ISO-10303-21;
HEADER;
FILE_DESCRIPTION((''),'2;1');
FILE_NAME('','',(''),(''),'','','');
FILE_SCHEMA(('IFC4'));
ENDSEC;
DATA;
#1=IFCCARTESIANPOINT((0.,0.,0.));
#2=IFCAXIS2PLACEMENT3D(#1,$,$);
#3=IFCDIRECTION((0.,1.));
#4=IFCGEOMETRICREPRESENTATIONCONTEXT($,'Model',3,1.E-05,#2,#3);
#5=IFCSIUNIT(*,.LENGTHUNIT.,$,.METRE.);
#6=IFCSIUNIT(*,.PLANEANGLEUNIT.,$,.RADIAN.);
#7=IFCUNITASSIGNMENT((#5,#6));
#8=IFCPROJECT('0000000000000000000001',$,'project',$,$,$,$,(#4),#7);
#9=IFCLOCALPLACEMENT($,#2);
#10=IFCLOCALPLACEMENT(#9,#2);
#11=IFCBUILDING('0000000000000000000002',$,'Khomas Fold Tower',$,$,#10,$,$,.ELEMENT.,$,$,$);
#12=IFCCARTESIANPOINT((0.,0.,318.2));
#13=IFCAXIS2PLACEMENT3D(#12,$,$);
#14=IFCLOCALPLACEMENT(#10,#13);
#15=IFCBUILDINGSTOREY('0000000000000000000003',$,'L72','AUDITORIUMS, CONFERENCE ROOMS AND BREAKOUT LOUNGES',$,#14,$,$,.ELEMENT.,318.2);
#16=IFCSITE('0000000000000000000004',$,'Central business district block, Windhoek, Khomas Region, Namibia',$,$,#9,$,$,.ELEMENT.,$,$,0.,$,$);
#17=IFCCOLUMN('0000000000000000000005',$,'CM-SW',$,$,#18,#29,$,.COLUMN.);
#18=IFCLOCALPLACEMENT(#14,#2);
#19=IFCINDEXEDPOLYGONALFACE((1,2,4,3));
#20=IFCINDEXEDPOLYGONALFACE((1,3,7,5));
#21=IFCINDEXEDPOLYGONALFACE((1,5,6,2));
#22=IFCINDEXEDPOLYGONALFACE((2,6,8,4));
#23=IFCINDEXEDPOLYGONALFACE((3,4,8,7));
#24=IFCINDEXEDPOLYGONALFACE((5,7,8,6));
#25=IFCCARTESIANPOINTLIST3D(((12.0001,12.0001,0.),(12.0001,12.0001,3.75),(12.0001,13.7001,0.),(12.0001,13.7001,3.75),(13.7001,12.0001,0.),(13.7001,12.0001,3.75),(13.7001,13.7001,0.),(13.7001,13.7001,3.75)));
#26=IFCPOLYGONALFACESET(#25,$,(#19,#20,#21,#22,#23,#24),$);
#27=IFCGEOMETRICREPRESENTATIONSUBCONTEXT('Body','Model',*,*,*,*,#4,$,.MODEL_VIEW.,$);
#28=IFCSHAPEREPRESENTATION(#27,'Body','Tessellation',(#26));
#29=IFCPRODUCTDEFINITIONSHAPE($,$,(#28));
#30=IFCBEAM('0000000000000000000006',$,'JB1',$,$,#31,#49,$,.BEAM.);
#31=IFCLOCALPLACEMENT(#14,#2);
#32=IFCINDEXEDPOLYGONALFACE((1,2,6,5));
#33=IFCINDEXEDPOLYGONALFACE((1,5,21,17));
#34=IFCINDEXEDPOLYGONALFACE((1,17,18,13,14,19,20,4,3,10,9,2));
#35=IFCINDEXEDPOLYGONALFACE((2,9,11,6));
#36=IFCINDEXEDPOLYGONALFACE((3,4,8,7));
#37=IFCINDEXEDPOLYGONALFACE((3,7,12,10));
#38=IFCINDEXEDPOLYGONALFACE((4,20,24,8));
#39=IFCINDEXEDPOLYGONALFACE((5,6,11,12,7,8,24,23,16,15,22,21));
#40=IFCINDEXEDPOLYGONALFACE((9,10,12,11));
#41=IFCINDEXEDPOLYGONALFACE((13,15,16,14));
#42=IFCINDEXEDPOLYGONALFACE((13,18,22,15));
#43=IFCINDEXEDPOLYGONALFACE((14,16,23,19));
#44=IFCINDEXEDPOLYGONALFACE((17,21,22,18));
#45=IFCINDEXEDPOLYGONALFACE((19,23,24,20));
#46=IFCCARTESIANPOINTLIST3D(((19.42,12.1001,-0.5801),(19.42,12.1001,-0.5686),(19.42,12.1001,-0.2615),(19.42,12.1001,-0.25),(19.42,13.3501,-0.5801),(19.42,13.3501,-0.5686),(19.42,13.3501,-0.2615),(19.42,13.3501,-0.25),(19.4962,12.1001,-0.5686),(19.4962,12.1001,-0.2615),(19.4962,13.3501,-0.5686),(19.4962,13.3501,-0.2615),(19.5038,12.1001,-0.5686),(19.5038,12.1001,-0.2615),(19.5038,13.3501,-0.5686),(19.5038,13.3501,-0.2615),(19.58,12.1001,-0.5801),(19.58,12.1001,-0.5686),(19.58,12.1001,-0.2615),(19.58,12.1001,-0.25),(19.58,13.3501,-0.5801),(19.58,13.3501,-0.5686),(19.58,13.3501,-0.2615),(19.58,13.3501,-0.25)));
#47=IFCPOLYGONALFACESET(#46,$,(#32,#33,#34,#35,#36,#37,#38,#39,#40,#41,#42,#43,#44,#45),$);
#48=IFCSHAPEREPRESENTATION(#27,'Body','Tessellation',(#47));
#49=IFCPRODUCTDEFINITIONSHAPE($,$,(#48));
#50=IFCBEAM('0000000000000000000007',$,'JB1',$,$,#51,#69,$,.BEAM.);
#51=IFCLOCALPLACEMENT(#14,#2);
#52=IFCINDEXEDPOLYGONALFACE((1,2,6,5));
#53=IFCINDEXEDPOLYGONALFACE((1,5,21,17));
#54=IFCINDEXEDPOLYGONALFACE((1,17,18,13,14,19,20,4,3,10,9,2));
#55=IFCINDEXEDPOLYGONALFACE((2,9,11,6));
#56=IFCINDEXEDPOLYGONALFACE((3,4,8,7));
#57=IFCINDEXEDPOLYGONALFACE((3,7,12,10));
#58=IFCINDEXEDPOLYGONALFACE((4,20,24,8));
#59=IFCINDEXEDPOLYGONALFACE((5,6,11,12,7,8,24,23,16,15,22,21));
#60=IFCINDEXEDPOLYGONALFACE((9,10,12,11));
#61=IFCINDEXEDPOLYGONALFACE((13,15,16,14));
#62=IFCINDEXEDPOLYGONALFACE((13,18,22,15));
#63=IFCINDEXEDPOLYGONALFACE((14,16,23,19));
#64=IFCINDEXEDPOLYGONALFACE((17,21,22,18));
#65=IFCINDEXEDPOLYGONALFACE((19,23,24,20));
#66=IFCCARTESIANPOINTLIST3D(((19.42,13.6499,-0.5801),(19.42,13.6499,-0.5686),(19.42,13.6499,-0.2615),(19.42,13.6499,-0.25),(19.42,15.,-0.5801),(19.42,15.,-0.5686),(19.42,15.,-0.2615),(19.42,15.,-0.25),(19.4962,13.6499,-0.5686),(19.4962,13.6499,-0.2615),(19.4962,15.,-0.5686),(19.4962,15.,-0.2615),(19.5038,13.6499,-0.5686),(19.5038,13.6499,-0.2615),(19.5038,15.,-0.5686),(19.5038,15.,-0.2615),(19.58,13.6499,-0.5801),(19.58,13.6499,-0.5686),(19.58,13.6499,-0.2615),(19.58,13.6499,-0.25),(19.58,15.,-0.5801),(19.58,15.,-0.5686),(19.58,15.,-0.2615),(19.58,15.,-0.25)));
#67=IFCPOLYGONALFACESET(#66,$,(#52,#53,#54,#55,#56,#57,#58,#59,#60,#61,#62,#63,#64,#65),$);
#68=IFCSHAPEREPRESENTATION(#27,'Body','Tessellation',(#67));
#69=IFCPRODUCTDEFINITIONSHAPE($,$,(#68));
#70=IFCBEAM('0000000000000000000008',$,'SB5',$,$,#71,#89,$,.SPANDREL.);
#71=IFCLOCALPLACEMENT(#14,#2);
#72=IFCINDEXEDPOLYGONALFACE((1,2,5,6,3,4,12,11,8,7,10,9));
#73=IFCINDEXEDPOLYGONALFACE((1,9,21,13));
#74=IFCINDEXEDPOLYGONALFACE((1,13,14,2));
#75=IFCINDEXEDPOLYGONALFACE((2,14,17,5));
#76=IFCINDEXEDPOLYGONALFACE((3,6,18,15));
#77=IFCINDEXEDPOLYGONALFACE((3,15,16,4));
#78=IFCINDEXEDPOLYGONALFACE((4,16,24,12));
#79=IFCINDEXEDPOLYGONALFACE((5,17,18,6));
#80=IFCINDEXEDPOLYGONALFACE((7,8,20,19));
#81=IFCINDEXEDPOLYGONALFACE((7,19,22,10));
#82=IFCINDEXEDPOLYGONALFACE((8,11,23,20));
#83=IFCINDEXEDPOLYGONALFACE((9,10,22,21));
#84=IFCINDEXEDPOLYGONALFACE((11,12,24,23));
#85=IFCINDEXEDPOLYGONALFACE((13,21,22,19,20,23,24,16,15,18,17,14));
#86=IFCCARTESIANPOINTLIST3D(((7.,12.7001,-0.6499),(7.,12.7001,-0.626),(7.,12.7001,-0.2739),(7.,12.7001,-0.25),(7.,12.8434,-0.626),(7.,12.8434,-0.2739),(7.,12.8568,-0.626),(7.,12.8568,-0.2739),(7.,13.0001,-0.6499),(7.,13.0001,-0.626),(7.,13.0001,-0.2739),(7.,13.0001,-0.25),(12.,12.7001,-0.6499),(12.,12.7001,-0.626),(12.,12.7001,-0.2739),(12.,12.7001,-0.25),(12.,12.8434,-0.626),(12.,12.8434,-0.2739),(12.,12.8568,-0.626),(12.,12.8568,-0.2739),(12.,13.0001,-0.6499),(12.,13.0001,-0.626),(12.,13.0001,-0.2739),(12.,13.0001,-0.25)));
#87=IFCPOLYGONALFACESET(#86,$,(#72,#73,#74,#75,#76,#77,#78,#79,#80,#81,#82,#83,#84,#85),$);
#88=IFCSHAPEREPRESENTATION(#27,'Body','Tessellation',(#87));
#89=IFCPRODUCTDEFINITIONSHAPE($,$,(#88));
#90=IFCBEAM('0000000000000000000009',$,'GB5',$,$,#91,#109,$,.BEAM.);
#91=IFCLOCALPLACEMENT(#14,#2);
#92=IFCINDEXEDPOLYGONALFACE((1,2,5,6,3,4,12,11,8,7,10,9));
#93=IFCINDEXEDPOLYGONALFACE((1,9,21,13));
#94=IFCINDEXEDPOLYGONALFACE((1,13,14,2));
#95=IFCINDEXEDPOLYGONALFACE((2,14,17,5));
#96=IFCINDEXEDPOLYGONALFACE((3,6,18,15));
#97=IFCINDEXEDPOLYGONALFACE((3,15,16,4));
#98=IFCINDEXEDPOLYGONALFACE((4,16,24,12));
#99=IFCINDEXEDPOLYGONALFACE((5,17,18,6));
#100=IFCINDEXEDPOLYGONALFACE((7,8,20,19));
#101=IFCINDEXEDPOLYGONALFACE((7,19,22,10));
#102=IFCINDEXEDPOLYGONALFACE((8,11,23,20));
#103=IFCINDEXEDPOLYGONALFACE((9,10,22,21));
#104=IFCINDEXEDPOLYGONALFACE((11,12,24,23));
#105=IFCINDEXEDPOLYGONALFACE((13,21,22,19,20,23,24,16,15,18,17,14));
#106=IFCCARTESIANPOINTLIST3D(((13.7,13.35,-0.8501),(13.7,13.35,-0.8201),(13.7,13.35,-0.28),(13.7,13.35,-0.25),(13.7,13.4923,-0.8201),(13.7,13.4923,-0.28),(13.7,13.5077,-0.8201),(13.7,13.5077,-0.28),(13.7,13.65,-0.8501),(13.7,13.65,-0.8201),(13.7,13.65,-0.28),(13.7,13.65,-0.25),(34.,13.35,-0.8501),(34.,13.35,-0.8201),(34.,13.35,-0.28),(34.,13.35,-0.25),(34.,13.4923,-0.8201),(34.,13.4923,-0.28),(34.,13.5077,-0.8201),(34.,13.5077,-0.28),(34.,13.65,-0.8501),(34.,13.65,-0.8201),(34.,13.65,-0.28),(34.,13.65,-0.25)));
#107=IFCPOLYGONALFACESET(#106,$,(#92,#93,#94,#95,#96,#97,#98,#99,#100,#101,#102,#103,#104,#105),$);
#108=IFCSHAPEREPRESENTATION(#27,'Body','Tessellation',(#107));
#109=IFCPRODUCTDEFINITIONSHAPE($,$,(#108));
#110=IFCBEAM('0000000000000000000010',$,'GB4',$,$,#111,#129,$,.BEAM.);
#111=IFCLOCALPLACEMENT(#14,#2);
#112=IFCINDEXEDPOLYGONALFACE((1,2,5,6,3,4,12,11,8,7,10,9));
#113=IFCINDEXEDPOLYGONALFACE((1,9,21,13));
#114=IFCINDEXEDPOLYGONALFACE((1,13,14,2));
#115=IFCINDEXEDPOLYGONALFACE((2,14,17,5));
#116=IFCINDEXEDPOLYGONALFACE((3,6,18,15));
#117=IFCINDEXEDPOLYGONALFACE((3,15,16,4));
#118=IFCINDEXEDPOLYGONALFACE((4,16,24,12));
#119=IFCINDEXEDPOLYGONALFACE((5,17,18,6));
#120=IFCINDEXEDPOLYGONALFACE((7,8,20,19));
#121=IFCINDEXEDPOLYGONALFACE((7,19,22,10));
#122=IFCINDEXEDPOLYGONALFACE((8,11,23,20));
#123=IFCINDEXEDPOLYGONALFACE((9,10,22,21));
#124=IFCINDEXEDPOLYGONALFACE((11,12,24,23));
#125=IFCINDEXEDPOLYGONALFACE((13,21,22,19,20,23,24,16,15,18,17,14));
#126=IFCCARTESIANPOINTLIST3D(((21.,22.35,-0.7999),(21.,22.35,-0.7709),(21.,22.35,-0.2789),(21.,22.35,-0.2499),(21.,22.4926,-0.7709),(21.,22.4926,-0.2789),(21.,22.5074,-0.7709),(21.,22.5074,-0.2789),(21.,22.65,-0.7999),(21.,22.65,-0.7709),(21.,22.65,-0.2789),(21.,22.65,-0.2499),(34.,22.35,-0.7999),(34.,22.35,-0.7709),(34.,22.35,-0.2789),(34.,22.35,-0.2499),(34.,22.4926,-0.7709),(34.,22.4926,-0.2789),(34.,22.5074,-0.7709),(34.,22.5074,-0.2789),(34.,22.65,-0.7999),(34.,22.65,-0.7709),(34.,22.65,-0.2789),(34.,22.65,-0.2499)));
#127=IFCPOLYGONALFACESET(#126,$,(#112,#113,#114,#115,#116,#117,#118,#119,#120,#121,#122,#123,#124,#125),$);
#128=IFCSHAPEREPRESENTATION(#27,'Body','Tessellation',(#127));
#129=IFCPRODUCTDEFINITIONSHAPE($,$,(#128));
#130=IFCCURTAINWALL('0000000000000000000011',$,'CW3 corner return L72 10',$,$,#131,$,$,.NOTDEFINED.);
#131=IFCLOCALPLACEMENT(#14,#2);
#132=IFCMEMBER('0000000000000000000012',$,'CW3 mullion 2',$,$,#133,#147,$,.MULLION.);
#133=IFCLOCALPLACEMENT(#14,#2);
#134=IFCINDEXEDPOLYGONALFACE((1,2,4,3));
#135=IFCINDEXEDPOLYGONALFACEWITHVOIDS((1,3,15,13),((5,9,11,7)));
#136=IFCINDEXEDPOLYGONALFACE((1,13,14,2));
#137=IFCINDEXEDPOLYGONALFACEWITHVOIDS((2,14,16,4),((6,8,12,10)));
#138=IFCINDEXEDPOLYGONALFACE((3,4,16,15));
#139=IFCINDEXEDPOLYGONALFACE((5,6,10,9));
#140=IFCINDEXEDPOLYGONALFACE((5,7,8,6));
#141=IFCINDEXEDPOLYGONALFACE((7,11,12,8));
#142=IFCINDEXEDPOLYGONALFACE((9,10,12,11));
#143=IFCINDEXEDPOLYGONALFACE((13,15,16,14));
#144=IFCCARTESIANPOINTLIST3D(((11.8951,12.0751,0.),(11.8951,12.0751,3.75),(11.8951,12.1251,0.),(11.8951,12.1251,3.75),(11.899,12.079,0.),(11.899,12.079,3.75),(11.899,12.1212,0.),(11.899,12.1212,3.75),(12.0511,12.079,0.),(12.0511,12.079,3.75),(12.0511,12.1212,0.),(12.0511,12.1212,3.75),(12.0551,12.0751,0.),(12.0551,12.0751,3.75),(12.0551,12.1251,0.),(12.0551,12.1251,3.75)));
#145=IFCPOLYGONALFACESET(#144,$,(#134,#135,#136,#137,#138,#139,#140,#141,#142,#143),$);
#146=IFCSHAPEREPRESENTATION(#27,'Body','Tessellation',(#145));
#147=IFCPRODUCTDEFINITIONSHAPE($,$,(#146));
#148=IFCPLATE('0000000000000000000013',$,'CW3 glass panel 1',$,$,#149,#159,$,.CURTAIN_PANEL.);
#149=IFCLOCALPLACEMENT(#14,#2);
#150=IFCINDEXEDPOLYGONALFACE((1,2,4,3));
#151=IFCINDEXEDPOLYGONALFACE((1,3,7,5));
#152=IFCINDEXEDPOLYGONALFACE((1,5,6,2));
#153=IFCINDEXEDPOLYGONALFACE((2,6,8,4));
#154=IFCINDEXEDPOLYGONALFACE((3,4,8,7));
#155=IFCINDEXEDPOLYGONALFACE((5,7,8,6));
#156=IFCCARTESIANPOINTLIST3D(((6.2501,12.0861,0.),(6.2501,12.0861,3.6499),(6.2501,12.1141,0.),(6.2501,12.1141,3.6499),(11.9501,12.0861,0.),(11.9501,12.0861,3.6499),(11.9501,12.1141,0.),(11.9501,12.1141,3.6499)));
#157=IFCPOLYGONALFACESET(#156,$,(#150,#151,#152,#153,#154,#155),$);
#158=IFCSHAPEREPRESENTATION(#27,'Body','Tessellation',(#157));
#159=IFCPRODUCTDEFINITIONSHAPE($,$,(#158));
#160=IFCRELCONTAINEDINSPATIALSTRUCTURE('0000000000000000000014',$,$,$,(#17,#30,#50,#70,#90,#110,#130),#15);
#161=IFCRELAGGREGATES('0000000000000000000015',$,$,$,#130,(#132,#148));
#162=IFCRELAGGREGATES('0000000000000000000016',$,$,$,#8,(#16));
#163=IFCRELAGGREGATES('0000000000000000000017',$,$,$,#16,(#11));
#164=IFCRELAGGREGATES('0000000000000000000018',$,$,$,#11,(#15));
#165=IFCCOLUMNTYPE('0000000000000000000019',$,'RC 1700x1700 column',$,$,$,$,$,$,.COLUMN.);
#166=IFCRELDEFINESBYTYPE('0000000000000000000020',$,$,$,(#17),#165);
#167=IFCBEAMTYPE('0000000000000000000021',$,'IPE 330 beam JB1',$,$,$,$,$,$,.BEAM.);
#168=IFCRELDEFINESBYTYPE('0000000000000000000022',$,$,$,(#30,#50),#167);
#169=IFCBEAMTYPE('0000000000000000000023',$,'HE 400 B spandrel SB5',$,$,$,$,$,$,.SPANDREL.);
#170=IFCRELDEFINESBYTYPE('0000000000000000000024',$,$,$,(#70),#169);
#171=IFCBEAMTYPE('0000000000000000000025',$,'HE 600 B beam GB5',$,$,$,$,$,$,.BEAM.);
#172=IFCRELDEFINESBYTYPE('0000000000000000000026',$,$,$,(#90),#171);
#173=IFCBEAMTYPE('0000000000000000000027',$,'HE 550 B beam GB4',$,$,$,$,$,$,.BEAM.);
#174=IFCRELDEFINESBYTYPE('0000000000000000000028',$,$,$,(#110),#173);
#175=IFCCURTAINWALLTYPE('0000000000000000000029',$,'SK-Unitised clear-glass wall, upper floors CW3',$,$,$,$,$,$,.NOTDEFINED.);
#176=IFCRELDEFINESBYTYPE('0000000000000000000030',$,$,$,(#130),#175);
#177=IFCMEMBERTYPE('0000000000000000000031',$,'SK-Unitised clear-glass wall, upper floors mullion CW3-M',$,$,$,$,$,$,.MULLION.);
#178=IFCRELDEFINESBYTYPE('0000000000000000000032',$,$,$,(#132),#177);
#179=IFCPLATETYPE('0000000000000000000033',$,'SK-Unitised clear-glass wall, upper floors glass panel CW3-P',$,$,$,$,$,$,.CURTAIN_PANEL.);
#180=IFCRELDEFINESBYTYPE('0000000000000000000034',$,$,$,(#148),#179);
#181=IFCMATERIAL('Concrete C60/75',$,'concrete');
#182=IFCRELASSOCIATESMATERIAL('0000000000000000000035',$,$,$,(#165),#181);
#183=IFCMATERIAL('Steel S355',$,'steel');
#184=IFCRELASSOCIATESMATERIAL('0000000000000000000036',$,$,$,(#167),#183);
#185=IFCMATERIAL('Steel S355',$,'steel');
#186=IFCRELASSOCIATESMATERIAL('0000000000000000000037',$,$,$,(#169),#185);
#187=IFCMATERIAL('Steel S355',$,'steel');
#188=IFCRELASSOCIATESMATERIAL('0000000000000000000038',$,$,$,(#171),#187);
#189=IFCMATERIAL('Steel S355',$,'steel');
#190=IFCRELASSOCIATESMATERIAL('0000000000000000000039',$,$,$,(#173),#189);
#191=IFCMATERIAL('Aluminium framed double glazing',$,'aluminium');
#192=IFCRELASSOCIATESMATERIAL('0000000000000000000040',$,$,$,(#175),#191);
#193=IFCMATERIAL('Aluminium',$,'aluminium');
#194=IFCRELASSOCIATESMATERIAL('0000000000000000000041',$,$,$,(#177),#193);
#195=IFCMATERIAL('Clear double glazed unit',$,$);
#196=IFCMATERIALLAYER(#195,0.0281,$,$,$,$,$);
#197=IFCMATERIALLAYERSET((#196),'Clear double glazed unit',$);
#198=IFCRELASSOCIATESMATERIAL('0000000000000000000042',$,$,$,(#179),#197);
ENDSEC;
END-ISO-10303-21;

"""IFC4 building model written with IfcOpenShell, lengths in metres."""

from ifc_helpers import new_model, si_unit, direction, frame, origin, origin_2d, place, context, subcontext, project, spatial, rectangle, hollow_rectangle, i_section, extrude, source, transform, mapped, material, layer, layer_set, material_profile, profile_set, type_object, element, aggregate, save


model = new_model("IFC4")

# Units and contexts
model_context = context("Model", 3, precision=1e-05, world=origin(), true_north=direction((0.0, 1.0)))
body_context = subcontext(model_context, "Body", "Model", "MODEL_VIEW")
ifc_project = project(units=[si_unit("LENGTHUNIT", "METRE"), si_unit("PLANEANGLEUNIT", "RADIAN")], contexts=[model_context])

# Site, building, storey
site_placement = place(None, origin())
site = spatial("IfcSite", under=ifc_project, at=site_placement, Name="Central business district block, Windhoek, Khomas Region, Namibia", CompositionType="ELEMENT", RefElevation=0.0)
building_placement = place(site_placement, origin())
building = spatial("IfcBuilding", under=site, at=building_placement, Name="Khomas Fold Tower", CompositionType="ELEMENT")
storey_placement = place(building_placement, frame((0.0, 0.0, 318.2)))
storey = spatial("IfcBuildingStorey", under=building, at=storey_placement, Name="L72", Description="AUDITORIUMS, CONFERENCE ROOMS AND BREAKOUT LOUNGES", CompositionType="ELEMENT", Elevation=318.2)

# Column
ifc_material_1 = material(Name="Concrete C60/75", Category="concrete")
ifc_material_profile_1 = material_profile(ifc_material_1, rectangle(XDim=1.7, YDim=1.7, at=origin_2d()), Name="RC 1700x1700")
ifc_profile_set_1 = profile_set([ifc_material_profile_1], Name="Concrete C60/75")
column_type = type_object("IfcColumnType", Name="RC 1700x1700 column", PredefinedType="COLUMN", material=ifc_profile_set_1)
shared_shape_1 = source(origin(), body_context, "Body", "SweptSolid", [
    extrude(rectangle(XDim=1.7, YDim=1.7, at=origin_2d()), origin(), (0.0, 0.0, 1.0), 3.75),
])
column_placement = place(storey_placement, frame((12.8501, 12.8501, 0.0), z_axis=(0.0, 0.0, 1.0), x_axis=(1.0, 0.0, 0.0)))
element("IfcColumn", 1, at=column_placement, inside=storey, type_object=column_type, Name="CM-SW", PredefinedType="COLUMN", context=body_context, shape_type="MappedRepresentation", body=[
    mapped(shared_shape_1, transform((0.0, 0.0, 0.0))),
])

# Beams
ifc_material_2 = material(Name="Steel S355", Category="steel")
ifc_material_profile_2 = material_profile(ifc_material_2, i_section(OverallWidth=0.1599, OverallDepth=0.3301, WebThickness=0.0076, FlangeThickness=0.0115, at=origin_2d()), Name="IPE 330")
ifc_profile_set_2 = profile_set([ifc_material_profile_2], Name="Steel S355")
beam_type_1 = type_object("IfcBeamType", Name="IPE 330 beam JB1", PredefinedType="BEAM", material=ifc_profile_set_2)
shared_shape_2 = source(origin(), body_context, "Body", "SweptSolid", [
    extrude(i_section(OverallWidth=0.1599, OverallDepth=0.3301, WebThickness=0.0076, FlangeThickness=0.0115, at=origin_2d()), origin(), (0.0, 0.0, 1.0), 1.25),
])
beam_1_placement = place(storey_placement, frame((19.5, 12.1001, -0.415), z_axis=(0.0, 1.0, 0.0), x_axis=(-1.0, 0.0, 0.0)))
element("IfcBeam", 2, at=beam_1_placement, inside=storey, type_object=beam_type_1, Name="JB1", PredefinedType="BEAM", context=body_context, shape_type="MappedRepresentation", body=[
    mapped(shared_shape_2, transform((0.0, 0.0, 0.0))),
])
shared_shape_3 = source(origin(), body_context, "Body", "SweptSolid", [
    extrude(i_section(OverallWidth=0.1599, OverallDepth=0.3301, WebThickness=0.0076, FlangeThickness=0.0115, at=origin_2d()), origin(), (0.0, 0.0, 1.0), 1.3501),
])
beam_2_placement = place(storey_placement, frame((19.5, 13.6499, -0.415), z_axis=(0.0, 1.0, 0.0), x_axis=(-1.0, 0.0, 0.0)))
element("IfcBeam", 3, at=beam_2_placement, inside=storey, type_object=beam_type_1, Name="JB1", PredefinedType="BEAM", context=body_context, shape_type="MappedRepresentation", body=[
    mapped(shared_shape_3, transform((0.0, 0.0, 0.0))),
])
ifc_material_3 = material(Name="Steel S355", Category="steel")
ifc_material_profile_3 = material_profile(ifc_material_3, i_section(OverallWidth=0.3, OverallDepth=0.3999, WebThickness=0.0134, FlangeThickness=0.0239, at=origin_2d()), Name="HE 400 B")
ifc_profile_set_3 = profile_set([ifc_material_profile_3], Name="Steel S355")
beam_type_2 = type_object("IfcBeamType", Name="HE 400 B spandrel SB5", PredefinedType="SPANDREL", material=ifc_profile_set_3)
shared_shape_4 = source(origin(), body_context, "Body", "SweptSolid", [
    extrude(i_section(OverallWidth=0.3, OverallDepth=0.3999, WebThickness=0.0134, FlangeThickness=0.0239, at=origin_2d()), origin(), (0.0, 0.0, 1.0), 5.0),
])
beam_3_placement = place(storey_placement, frame((7.0, 12.8501, -0.45), z_axis=(1.0, 0.0, 0.0), x_axis=(0.0, 1.0, 0.0)))
element("IfcBeam", 4, at=beam_3_placement, inside=storey, type_object=beam_type_2, Name="SB5", PredefinedType="SPANDREL", context=body_context, shape_type="MappedRepresentation", body=[
    mapped(shared_shape_4, transform((0.0, 0.0, 0.0))),
])
ifc_material_4 = material(Name="Steel S355", Category="steel")
ifc_material_profile_4 = material_profile(ifc_material_4, i_section(OverallWidth=0.3, OverallDepth=0.6001, WebThickness=0.0154, FlangeThickness=0.03, at=origin_2d()), Name="HE 600 B")
ifc_profile_set_4 = profile_set([ifc_material_profile_4], Name="Steel S355")
beam_type_3 = type_object("IfcBeamType", Name="HE 600 B beam GB5", PredefinedType="BEAM", material=ifc_profile_set_4)
shared_shape_5 = source(origin(), body_context, "Body", "SweptSolid", [
    extrude(i_section(OverallWidth=0.3, OverallDepth=0.6001, WebThickness=0.0154, FlangeThickness=0.03, at=origin_2d()), origin(), (0.0, 0.0, 1.0), 20.3),
])
beam_4_placement = place(storey_placement, frame((13.7, 13.5, -0.55), z_axis=(1.0, 0.0, 0.0), x_axis=(0.0, 1.0, 0.0)))
element("IfcBeam", 5, at=beam_4_placement, inside=storey, type_object=beam_type_3, Name="GB5", PredefinedType="BEAM", context=body_context, shape_type="MappedRepresentation", body=[
    mapped(shared_shape_5, transform((0.0, 0.0, 0.0))),
])
ifc_material_5 = material(Name="Steel S355", Category="steel")
ifc_material_profile_5 = material_profile(ifc_material_5, i_section(OverallWidth=0.3, OverallDepth=0.55, WebThickness=0.0149, FlangeThickness=0.0291, at=origin_2d()), Name="HE 550 B")
ifc_profile_set_5 = profile_set([ifc_material_profile_5], Name="Steel S355")
beam_type_4 = type_object("IfcBeamType", Name="HE 550 B beam GB4", PredefinedType="BEAM", material=ifc_profile_set_5)
shared_shape_6 = source(origin(), body_context, "Body", "SweptSolid", [
    extrude(i_section(OverallWidth=0.3, OverallDepth=0.55, WebThickness=0.0149, FlangeThickness=0.0291, at=origin_2d()), origin(), (0.0, 0.0, 1.0), 13.0),
])
beam_5_placement = place(storey_placement, frame((21.0, 22.5, -0.5249), z_axis=(1.0, 0.0, 0.0), x_axis=(0.0, 1.0, 0.0)))
element("IfcBeam", 6, at=beam_5_placement, inside=storey, type_object=beam_type_4, Name="GB4", PredefinedType="BEAM", context=body_context, shape_type="MappedRepresentation", body=[
    mapped(shared_shape_6, transform((0.0, 0.0, 0.0))),
])

# Curtain wall, member, plate
ifc_material_6 = material(Name="Aluminium framed double glazing", Category="aluminium")
curtain_wall_type = type_object("IfcCurtainWallType", Name="SK-Unitised clear-glass wall, upper floors CW3", PredefinedType="NOTDEFINED", material=ifc_material_6)
curtain_wall_placement = place(storey_placement, origin())
curtain_wall = element("IfcCurtainWall", 7, at=curtain_wall_placement, inside=storey, type_object=curtain_wall_type, Name="CW3 corner return L72 10", PredefinedType="NOTDEFINED")
ifc_material_7 = material(Name="Aluminium", Category="aluminium")
ifc_material_profile_6 = material_profile(ifc_material_7, hollow_rectangle(XDim=0.05, YDim=0.1599, WallThickness=0.0039, at=origin_2d()), Name="SK-Unitised clear-glass wall, upper floors mullion CW3-M")
ifc_profile_set_6 = profile_set([ifc_material_profile_6], Name="Aluminium")
member_type = type_object("IfcMemberType", Name="SK-Unitised clear-glass wall, upper floors mullion CW3-M", PredefinedType="MULLION", material=ifc_profile_set_6)
shared_shape_7 = source(origin(), body_context, "Body", "SweptSolid", [
    extrude(hollow_rectangle(XDim=0.05, YDim=0.1599, WallThickness=0.0039, at=origin_2d()), origin(), (0.0, 0.0, 1.0), 3.75),
])
member_placement = place(storey_placement, frame((11.9751, 12.1001, 0.0), z_axis=(0.0, 0.0, 1.0), x_axis=(0.0, 1.0, 0.0)))
member = element("IfcMember", 8, at=member_placement, type_object=member_type, Name="CW3 mullion 2", PredefinedType="MULLION", context=body_context, shape_type="MappedRepresentation", body=[
    mapped(shared_shape_7, transform((0.0, 0.0, 0.0))),
])
ifc_material_8 = material(Name="Clear double glazed unit")
ifc_layer_1 = layer(ifc_material_8, 0.0281)
ifc_layer_set_1 = layer_set([ifc_layer_1], Name="Clear double glazed unit")
plate_type = type_object("IfcPlateType", Name="SK-Unitised clear-glass wall, upper floors glass panel CW3-P", PredefinedType="CURTAIN_PANEL", material=ifc_layer_set_1)
shared_shape_8 = source(origin(), body_context, "Body", "SweptSolid", [
    extrude(rectangle(XDim=5.7, YDim=0.0281, at=origin_2d()), origin(), (0.0, 0.0, 1.0), 3.6499),
])
plate_placement = place(storey_placement, frame((9.1001, 12.1001, 0.0), z_axis=(0.0, 0.0, 1.0), x_axis=(1.0, 0.0, 0.0)))
plate = element("IfcPlate", 9, at=plate_placement, type_object=plate_type, Name="CW3 glass panel 1", PredefinedType="CURTAIN_PANEL", context=body_context, shape_type="MappedRepresentation", body=[
    mapped(shared_shape_8, transform((0.0, 0.0, 0.0))),
])
aggregate(curtain_wall, [member, plate])

save(model, "model.ifc")
